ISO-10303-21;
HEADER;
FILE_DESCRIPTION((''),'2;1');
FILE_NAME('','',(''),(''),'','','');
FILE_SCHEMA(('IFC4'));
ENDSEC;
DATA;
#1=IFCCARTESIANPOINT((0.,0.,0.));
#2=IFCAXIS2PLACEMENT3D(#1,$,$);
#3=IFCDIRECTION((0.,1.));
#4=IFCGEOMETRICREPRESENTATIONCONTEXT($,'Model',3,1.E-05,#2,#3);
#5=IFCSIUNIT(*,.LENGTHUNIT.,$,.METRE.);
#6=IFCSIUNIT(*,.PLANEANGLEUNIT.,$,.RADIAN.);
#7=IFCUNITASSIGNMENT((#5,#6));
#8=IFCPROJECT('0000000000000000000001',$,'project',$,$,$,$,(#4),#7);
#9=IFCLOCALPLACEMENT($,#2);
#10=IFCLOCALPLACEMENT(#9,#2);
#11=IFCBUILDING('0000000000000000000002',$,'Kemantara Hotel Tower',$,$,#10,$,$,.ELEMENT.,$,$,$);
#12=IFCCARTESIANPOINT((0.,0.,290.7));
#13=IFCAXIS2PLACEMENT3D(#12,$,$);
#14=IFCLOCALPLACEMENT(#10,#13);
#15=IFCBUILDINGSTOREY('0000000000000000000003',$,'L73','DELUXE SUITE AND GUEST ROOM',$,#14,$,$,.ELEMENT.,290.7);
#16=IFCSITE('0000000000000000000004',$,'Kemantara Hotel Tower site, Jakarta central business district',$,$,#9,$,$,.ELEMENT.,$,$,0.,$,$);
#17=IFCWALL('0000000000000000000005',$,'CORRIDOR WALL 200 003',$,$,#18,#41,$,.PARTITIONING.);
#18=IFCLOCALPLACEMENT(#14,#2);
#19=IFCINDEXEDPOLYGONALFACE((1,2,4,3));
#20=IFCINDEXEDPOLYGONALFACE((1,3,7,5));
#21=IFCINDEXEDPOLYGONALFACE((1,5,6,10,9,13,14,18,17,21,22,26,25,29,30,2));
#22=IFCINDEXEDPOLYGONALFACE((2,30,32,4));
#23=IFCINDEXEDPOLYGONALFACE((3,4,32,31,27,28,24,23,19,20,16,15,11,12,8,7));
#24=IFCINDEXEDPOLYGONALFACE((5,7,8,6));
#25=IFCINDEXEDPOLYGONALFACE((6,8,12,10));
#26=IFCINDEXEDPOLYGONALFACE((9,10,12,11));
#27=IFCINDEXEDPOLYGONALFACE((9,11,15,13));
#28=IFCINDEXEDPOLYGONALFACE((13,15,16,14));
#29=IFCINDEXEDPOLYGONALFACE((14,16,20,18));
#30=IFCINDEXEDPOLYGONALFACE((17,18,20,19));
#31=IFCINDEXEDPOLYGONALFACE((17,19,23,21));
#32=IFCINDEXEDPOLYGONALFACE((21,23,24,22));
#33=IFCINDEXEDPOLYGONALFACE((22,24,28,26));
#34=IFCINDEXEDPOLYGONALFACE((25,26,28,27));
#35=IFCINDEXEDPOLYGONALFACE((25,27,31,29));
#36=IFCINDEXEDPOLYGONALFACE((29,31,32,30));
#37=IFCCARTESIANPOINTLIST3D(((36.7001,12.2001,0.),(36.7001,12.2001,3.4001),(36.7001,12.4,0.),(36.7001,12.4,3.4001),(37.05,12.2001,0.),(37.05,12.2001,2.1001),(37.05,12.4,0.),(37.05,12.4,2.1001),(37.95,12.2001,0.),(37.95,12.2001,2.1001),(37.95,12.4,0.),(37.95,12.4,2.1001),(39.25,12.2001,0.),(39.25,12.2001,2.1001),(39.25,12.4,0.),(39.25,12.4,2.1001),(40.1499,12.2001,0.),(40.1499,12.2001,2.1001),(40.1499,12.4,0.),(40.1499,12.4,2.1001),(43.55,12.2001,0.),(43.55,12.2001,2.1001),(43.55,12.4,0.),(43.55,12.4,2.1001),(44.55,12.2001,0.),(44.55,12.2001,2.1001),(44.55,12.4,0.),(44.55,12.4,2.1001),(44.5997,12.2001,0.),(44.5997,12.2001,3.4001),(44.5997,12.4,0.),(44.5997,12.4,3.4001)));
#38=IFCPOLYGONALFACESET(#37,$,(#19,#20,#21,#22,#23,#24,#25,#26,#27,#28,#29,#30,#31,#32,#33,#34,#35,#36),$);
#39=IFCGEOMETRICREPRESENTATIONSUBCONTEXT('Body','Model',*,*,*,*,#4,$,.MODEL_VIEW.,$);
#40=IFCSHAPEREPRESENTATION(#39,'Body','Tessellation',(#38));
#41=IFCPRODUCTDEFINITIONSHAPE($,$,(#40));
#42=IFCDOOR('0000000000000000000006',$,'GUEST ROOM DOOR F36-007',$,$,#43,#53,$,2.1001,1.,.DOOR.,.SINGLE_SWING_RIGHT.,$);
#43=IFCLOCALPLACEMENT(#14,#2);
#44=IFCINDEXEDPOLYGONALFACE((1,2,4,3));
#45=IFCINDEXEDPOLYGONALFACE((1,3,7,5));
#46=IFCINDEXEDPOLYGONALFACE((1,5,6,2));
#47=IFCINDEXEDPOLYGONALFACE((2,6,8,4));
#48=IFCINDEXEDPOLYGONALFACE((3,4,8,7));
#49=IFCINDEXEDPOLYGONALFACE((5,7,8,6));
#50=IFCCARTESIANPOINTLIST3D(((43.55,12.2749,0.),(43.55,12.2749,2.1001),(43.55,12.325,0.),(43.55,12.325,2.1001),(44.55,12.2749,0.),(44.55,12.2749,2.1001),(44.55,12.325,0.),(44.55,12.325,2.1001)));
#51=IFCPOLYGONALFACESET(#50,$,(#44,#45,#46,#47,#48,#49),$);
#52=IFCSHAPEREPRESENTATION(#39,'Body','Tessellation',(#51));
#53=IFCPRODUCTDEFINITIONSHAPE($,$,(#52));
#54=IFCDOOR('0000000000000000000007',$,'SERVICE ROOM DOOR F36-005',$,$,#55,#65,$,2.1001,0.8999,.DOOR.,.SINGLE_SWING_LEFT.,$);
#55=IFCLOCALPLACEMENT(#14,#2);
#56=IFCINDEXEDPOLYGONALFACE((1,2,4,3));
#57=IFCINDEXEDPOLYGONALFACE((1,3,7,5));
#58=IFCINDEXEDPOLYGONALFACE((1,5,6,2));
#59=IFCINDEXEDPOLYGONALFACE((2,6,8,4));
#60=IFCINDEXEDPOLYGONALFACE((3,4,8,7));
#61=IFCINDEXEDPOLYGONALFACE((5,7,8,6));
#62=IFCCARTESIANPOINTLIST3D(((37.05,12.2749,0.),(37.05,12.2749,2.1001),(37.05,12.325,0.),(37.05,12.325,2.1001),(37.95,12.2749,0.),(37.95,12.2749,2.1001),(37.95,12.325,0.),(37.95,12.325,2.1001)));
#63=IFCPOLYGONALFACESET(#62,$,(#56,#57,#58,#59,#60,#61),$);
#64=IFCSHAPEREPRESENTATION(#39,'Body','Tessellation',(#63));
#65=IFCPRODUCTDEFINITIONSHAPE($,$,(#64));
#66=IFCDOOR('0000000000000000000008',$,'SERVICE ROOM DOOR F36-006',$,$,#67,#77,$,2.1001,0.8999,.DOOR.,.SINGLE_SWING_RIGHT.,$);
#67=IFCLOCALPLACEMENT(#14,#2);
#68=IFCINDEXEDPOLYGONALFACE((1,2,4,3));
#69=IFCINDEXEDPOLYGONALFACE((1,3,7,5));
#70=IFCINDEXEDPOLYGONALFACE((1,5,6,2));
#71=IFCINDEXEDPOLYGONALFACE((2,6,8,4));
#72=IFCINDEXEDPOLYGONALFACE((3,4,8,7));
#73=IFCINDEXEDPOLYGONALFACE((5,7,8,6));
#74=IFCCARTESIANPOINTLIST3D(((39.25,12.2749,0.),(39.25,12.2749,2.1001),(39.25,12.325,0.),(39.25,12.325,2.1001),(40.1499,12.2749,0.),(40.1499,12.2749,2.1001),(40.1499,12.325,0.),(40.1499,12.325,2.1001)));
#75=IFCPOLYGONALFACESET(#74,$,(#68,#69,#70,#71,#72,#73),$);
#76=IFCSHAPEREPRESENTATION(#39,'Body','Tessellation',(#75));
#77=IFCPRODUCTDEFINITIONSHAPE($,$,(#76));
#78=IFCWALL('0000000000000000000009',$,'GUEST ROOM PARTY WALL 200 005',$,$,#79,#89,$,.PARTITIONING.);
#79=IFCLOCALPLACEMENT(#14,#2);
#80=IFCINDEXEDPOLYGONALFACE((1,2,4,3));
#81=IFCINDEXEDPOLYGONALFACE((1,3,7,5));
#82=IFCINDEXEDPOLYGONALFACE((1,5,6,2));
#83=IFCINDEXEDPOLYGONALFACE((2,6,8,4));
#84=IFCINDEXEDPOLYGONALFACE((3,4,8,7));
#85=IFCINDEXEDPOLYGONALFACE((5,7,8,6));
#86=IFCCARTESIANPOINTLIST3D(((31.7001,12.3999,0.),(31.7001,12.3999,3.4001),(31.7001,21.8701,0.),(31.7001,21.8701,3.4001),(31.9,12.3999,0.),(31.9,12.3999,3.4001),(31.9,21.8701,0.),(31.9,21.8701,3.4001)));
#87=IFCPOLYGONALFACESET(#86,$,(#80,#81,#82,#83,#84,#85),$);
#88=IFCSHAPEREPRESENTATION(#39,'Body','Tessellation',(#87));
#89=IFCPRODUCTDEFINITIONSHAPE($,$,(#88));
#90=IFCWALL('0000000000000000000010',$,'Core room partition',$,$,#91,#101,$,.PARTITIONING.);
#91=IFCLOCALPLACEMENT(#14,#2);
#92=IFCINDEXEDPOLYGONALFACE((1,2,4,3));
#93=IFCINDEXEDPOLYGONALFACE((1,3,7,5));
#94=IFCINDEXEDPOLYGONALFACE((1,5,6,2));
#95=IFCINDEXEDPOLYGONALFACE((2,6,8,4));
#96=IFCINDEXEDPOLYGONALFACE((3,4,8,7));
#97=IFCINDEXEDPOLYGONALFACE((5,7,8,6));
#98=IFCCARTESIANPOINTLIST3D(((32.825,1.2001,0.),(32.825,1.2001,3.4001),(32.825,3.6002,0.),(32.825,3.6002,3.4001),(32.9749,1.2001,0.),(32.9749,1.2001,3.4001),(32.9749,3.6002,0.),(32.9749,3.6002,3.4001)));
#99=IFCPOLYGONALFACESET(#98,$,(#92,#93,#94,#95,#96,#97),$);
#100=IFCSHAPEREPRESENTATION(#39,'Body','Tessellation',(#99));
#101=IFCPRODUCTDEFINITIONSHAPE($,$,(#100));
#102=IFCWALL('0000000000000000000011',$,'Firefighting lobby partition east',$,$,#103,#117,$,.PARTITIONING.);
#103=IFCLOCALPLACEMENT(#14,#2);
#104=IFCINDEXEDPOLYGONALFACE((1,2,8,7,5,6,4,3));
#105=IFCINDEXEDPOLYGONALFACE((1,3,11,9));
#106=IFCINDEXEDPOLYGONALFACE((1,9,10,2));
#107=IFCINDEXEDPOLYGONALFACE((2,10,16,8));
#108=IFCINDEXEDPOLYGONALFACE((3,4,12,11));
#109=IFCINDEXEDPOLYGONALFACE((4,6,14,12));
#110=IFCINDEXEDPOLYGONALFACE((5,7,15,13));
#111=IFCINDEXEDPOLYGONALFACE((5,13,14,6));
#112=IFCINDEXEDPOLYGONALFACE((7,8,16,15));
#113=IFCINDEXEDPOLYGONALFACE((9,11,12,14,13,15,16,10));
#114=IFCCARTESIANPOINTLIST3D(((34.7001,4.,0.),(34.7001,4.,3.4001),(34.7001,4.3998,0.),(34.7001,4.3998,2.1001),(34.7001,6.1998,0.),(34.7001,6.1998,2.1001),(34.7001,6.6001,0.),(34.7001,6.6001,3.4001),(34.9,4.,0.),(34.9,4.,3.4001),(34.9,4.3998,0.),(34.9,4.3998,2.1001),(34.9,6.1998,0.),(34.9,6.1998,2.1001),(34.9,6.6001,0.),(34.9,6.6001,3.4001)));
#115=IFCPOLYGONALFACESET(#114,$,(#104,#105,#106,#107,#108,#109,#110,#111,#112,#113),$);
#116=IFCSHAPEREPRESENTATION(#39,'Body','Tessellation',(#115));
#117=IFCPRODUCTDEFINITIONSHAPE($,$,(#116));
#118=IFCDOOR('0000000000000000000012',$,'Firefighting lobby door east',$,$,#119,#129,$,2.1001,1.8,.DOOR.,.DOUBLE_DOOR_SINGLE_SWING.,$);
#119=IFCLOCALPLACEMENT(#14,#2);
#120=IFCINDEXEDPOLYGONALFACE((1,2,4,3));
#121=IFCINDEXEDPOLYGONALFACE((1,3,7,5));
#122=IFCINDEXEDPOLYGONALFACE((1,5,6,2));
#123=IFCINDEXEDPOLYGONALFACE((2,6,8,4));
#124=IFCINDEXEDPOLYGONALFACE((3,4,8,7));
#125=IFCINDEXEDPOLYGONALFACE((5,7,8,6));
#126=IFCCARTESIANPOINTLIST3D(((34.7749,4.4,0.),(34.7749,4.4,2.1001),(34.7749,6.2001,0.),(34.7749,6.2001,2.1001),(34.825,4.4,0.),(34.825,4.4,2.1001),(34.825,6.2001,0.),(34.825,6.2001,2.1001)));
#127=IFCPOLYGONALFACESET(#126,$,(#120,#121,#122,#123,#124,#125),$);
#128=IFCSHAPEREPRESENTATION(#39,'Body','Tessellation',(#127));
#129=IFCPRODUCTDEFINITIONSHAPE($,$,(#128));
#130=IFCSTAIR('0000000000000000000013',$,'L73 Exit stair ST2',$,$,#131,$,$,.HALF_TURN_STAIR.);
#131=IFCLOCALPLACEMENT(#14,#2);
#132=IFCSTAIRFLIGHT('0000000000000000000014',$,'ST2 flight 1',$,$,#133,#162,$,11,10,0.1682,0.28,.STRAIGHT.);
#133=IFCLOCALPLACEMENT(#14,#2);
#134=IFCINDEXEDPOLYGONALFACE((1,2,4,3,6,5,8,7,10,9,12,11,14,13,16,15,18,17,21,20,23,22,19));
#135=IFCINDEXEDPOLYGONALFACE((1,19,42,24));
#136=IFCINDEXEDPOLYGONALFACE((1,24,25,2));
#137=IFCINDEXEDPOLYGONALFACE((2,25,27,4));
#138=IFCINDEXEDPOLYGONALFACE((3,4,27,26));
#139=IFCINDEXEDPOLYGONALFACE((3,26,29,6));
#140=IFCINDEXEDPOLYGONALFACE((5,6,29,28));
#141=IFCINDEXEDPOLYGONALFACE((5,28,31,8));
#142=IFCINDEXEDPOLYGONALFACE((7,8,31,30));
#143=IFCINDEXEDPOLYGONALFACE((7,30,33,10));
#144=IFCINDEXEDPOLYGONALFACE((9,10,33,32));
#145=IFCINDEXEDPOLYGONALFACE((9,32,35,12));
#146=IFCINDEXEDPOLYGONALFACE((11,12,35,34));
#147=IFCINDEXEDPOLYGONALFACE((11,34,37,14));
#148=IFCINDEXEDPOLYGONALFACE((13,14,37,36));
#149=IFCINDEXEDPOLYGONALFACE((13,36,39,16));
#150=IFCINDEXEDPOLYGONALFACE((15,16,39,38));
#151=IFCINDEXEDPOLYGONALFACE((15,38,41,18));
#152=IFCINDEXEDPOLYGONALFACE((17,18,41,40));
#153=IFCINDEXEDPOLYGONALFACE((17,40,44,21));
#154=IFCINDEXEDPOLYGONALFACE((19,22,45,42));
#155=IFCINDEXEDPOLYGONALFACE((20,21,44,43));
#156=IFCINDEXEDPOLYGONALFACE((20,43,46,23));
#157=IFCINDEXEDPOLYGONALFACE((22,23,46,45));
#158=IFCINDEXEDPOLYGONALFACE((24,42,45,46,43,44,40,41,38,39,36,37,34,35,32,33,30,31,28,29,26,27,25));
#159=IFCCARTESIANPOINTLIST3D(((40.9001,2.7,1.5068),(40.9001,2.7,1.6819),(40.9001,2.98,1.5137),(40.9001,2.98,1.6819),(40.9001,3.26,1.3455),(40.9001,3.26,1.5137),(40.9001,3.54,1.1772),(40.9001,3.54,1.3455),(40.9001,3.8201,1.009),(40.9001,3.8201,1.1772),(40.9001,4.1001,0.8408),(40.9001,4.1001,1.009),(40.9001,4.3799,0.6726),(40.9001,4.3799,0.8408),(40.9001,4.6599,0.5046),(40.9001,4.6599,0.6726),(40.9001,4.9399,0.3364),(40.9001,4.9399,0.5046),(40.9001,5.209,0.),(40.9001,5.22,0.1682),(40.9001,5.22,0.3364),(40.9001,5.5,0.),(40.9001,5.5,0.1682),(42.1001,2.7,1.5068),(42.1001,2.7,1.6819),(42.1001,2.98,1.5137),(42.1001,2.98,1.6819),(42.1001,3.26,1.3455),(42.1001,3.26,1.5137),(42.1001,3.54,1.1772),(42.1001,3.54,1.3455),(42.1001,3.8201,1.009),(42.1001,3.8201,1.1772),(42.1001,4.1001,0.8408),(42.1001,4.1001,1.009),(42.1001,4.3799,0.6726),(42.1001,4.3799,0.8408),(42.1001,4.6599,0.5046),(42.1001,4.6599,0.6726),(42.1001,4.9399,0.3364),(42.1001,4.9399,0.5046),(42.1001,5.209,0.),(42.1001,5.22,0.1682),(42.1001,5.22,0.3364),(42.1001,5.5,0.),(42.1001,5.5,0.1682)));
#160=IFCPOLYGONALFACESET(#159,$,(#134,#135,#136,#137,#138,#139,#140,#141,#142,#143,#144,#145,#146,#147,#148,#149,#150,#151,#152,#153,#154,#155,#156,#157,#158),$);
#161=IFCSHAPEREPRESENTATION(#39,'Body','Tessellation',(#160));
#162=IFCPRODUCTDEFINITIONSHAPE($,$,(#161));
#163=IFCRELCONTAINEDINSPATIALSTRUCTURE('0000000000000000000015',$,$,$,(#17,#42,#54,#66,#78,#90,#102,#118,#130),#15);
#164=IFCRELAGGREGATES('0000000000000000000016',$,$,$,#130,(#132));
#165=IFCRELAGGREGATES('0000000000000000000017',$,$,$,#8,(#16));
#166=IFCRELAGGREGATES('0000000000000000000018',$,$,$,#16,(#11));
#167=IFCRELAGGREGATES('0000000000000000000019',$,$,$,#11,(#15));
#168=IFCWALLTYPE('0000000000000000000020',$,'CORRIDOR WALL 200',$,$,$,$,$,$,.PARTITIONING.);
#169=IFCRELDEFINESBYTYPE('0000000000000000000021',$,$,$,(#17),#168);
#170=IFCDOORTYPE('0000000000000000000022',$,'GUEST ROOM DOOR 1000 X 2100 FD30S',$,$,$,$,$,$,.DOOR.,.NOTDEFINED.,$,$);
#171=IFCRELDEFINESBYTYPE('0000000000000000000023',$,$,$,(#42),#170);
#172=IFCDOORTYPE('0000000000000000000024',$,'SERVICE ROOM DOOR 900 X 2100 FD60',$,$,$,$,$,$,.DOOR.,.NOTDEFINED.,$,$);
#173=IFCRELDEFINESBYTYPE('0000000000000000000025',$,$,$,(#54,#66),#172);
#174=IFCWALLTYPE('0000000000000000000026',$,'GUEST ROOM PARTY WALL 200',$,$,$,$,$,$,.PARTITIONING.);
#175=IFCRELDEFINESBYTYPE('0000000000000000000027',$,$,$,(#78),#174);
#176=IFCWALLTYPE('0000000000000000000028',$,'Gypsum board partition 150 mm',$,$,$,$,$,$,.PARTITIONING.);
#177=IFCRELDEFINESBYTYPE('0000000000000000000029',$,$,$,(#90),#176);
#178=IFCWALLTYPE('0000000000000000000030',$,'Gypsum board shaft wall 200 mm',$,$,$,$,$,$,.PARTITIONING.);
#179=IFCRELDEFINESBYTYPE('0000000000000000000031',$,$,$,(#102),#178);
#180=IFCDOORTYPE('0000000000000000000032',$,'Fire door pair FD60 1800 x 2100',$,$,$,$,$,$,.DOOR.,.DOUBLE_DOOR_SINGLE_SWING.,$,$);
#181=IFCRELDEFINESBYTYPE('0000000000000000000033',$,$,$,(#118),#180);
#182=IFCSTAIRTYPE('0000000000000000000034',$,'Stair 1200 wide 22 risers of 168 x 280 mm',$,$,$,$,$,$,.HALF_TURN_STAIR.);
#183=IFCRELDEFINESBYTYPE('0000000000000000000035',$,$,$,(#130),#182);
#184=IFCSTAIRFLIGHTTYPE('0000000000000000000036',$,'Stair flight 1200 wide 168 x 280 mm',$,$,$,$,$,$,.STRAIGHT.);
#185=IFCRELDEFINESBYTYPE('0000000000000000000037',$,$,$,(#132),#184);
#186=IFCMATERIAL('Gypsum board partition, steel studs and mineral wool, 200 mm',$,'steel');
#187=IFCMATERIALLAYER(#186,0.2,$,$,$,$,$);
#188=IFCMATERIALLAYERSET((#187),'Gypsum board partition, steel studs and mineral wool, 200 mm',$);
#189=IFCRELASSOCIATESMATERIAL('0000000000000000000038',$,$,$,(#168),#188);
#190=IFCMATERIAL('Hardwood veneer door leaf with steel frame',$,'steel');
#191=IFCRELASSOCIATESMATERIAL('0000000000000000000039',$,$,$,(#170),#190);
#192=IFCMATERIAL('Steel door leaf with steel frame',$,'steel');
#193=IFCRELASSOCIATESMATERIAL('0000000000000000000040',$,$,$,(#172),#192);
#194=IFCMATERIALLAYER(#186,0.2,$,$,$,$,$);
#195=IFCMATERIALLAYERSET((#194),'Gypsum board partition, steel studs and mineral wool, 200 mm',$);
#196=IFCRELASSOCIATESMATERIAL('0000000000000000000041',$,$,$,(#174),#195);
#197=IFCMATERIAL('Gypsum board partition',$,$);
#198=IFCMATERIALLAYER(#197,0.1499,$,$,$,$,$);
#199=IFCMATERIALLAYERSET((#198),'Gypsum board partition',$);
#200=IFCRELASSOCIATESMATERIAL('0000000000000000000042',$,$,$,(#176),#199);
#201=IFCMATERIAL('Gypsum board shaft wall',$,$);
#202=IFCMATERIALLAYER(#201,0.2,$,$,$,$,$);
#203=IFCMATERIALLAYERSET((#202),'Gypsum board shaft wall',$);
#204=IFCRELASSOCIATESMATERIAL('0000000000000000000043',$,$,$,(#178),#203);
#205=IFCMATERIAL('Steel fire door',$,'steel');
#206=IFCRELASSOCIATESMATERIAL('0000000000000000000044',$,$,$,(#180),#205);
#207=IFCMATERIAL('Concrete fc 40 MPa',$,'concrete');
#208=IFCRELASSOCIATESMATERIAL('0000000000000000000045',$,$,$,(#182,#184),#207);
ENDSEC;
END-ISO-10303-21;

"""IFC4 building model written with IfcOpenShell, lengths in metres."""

from ifc_helpers import new_model, si_unit, direction, frame, frame_2d, origin, place, context, subcontext, project, spatial, polyline, rectangle, outline, extrude, material, layer, layer_set, type_object, element, fill, aggregate, save


model = new_model("IFC4")

# Units and contexts
model_context = context("Model", 3, precision=1e-05, world=origin(), true_north=direction((0.0, 1.0)))
body_context = subcontext(model_context, "Body", "Model", "MODEL_VIEW")
ifc_project = project(units=[si_unit("LENGTHUNIT", "METRE"), si_unit("PLANEANGLEUNIT", "RADIAN")], contexts=[model_context])

# Site, building, storey
site_placement = place(None, origin())
site = spatial("IfcSite", under=ifc_project, at=site_placement, Name="Kemantara Hotel Tower site, Jakarta central business district", CompositionType="ELEMENT", RefElevation=0.0)
building_placement = place(site_placement, origin())
building = spatial("IfcBuilding", under=site, at=building_placement, Name="Kemantara Hotel Tower", CompositionType="ELEMENT")
storey_placement = place(building_placement, frame((0.0, 0.0, 290.7)))
storey = spatial("IfcBuildingStorey", under=building, at=storey_placement, Name="L73", Description="DELUXE SUITE AND GUEST ROOM", CompositionType="ELEMENT", Elevation=290.7)

# Shared definitions
ifc_material_1 = material(Name="Steel fire door", Category="steel")

# Wall, openings, doors
ifc_material_2 = material(Name="Gypsum board partition, steel studs and mineral wool, 200 mm", Category="steel")
ifc_layer_1 = layer(ifc_material_2, 0.2)
ifc_layer_set_1 = layer_set([ifc_layer_1], Name="Gypsum board partition, steel studs and mineral wool, 200 mm")
wall_type_1 = type_object("IfcWallType", Name="CORRIDOR WALL 200", PredefinedType="PARTITIONING", material=ifc_layer_set_1)
wall_1_placement = place(storey_placement, frame((36.7002, 12.3, 0.0), z_axis=(0.0, 0.0, 1.0), x_axis=(1.0, 0.0, 0.0)))
wall_1 = element("IfcWall", 1, at=wall_1_placement, inside=storey, type_object=wall_type_1, Name="CORRIDOR WALL 200 003", PredefinedType="PARTITIONING", context=body_context, shape_type="SweptSolid", body=[
    extrude(rectangle(XDim=7.8997, YDim=0.2, at=frame_2d((3.9497, 0.0))), origin(), (0.0, 0.0, 1.0), 3.4001),
])
opening_1_placement = place(wall_1_placement, frame((0.3499, 0.0, 0.0)))
opening_1 = element("IfcOpeningElement", 2, at=opening_1_placement, cuts=wall_1, PredefinedType="OPENING", context=body_context, shape_type="SweptSolid", body=[
    extrude(rectangle(XDim=0.8999, YDim=2.1001, at=frame_2d((0.45, 1.05))), frame((0.0, 0.1099, 0.0), z_axis=(0.0, -1.0, 0.0), x_axis=(1.0, 0.0, 0.0)), (0.0, 0.0, 1.0), 0.22),
])
opening_2_placement = place(wall_1_placement, frame((2.5498, 0.0, 0.0)))
opening_2 = element("IfcOpeningElement", 3, at=opening_2_placement, cuts=wall_1, PredefinedType="OPENING", context=body_context, shape_type="SweptSolid", body=[
    extrude(rectangle(XDim=0.8999, YDim=2.1001, at=frame_2d((0.45, 1.05))), frame((0.0, 0.1099, 0.0), z_axis=(0.0, -1.0, 0.0), x_axis=(1.0, 0.0, 0.0)), (0.0, 0.0, 1.0), 0.22),
])
opening_3_placement = place(wall_1_placement, frame((6.8499, 0.0, 0.0)))
opening_3 = element("IfcOpeningElement", 4, at=opening_3_placement, cuts=wall_1, PredefinedType="OPENING", context=body_context, shape_type="SweptSolid", body=[
    extrude(rectangle(XDim=1.0, YDim=2.1001, at=frame_2d((0.5, 1.05))), frame((0.0, 0.1099, 0.0), z_axis=(0.0, -1.0, 0.0), x_axis=(1.0, 0.0, 0.0)), (0.0, 0.0, 1.0), 0.22),
])
ifc_material_3 = material(Name="Hardwood veneer door leaf with steel frame", Category="steel")
door_type_1 = type_object("IfcDoorType", Name="GUEST ROOM DOOR 1000 X 2100 FD30S", OperationType="NOTDEFINED", PredefinedType="DOOR", material=ifc_material_3)
door_1_placement = place(opening_3_placement, origin())
door_1 = element("IfcDoor", 5, at=door_1_placement, inside=storey, type_object=door_type_1, Name="GUEST ROOM DOOR F36-007", OperationType="SINGLE_SWING_RIGHT", OverallHeight=2.1001, OverallWidth=1.0, PredefinedType="DOOR", context=body_context, shape_type="SweptSolid", body=[
    extrude(rectangle(XDim=1.0, YDim=2.1001, at=frame_2d((0.5, 1.05))), frame((0.0, 0.0249, 0.0), z_axis=(0.0, -1.0, 0.0), x_axis=(1.0, 0.0, 0.0)), (0.0, 0.0, 1.0), 0.05),
])
fill(opening_3, door_1)
ifc_material_4 = material(Name="Steel door leaf with steel frame", Category="steel")
door_type_2 = type_object("IfcDoorType", Name="SERVICE ROOM DOOR 900 X 2100 FD60", OperationType="NOTDEFINED", PredefinedType="DOOR", material=ifc_material_4)
door_2_placement = place(opening_1_placement, origin())
door_2 = element("IfcDoor", 6, at=door_2_placement, inside=storey, type_object=door_type_2, Name="SERVICE ROOM DOOR F36-005", OperationType="SINGLE_SWING_LEFT", OverallHeight=2.1001, OverallWidth=0.8999, PredefinedType="DOOR", context=body_context, shape_type="SweptSolid", body=[
    extrude(rectangle(XDim=0.8999, YDim=2.1001, at=frame_2d((0.45, 1.05))), frame((0.0, 0.0249, 0.0), z_axis=(0.0, -1.0, 0.0), x_axis=(1.0, 0.0, 0.0)), (0.0, 0.0, 1.0), 0.05),
])
fill(opening_1, door_2)
door_3_placement = place(opening_2_placement, origin())
door_3 = element("IfcDoor", 7, at=door_3_placement, inside=storey, type_object=door_type_2, Name="SERVICE ROOM DOOR F36-006", OperationType="SINGLE_SWING_RIGHT", OverallHeight=2.1001, OverallWidth=0.8999, PredefinedType="DOOR", context=body_context, shape_type="SweptSolid", body=[
    extrude(rectangle(XDim=0.8999, YDim=2.1001, at=frame_2d((0.45, 1.05))), frame((0.0, 0.0249, 0.0), z_axis=(0.0, -1.0, 0.0), x_axis=(1.0, 0.0, 0.0)), (0.0, 0.0, 1.0), 0.05),
])
fill(opening_2, door_3)

# Walls
ifc_layer_2 = layer(ifc_material_2, 0.2)
ifc_layer_set_2 = layer_set([ifc_layer_2], Name="Gypsum board partition, steel studs and mineral wool, 200 mm")
wall_type_2 = type_object("IfcWallType", Name="GUEST ROOM PARTY WALL 200", PredefinedType="PARTITIONING", material=ifc_layer_set_2)
wall_2_placement = place(storey_placement, frame((31.8, 12.3999, 0.0), z_axis=(0.0, 0.0, 1.0), x_axis=(0.0, 1.0, 0.0)))
element("IfcWall", 8, at=wall_2_placement, inside=storey, type_object=wall_type_2, Name="GUEST ROOM PARTY WALL 200 005", PredefinedType="PARTITIONING", context=body_context, shape_type="SweptSolid", body=[
    extrude(rectangle(XDim=9.4702, YDim=0.2, at=frame_2d((4.7351, 0.0))), origin(), (0.0, 0.0, 1.0), 3.4001),
])
ifc_material_5 = material(Name="Gypsum board partition")
ifc_layer_3 = layer(ifc_material_5, 0.1499)
ifc_layer_set_3 = layer_set([ifc_layer_3], Name="Gypsum board partition")
wall_type_3 = type_object("IfcWallType", Name="Gypsum board partition 150 mm", PredefinedType="PARTITIONING", material=ifc_layer_set_3)
wall_3_placement = place(storey_placement, frame((32.8999, 1.2, 0.0), z_axis=(0.0, 0.0, 1.0), x_axis=(0.0, 1.0, 0.0)))
element("IfcWall", 9, at=wall_3_placement, inside=storey, type_object=wall_type_3, Name="Core room partition", PredefinedType="PARTITIONING", context=body_context, shape_type="SweptSolid", body=[
    extrude(rectangle(XDim=2.4001, YDim=0.1499, at=frame_2d((1.2002, 0.0))), origin(), (0.0, 0.0, 1.0), 3.4001),
])

# Wall, opening, door
ifc_material_6 = material(Name="Gypsum board shaft wall")
ifc_layer_4 = layer(ifc_material_6, 0.2)
ifc_layer_set_4 = layer_set([ifc_layer_4], Name="Gypsum board shaft wall")
wall_type_4 = type_object("IfcWallType", Name="Gypsum board shaft wall 200 mm", PredefinedType="PARTITIONING", material=ifc_layer_set_4)
wall_4_placement = place(storey_placement, frame((34.8, 4.0, 0.0), z_axis=(0.0, 0.0, 1.0), x_axis=(0.0, 1.0, 0.0)))
wall_4 = element("IfcWall", 10, at=wall_4_placement, inside=storey, type_object=wall_type_4, Name="Firefighting lobby partition east", PredefinedType="PARTITIONING", context=body_context, shape_type="SweptSolid", body=[
    extrude(rectangle(XDim=2.6001, YDim=0.2, at=frame_2d((1.3, 0.0))), origin(), (0.0, 0.0, 1.0), 3.4001),
])
opening_4_placement = place(wall_4_placement, frame((0.3999, 0.0, 0.0)))
opening_4 = element("IfcOpeningElement", 11, at=opening_4_placement, cuts=wall_4, PredefinedType="OPENING", context=body_context, shape_type="SweptSolid", body=[
    extrude(rectangle(XDim=1.8, YDim=2.1001, at=frame_2d((0.8999, 1.05))), frame((0.0, 0.1099, 0.0), z_axis=(0.0, -1.0, 0.0), x_axis=(1.0, 0.0, 0.0)), (0.0, 0.0, 1.0), 0.22),
])
door_type_3 = type_object("IfcDoorType", Name="Fire door pair FD60 1800 x 2100", OperationType="DOUBLE_DOOR_SINGLE_SWING", PredefinedType="DOOR", material=ifc_material_1)
door_4_placement = place(opening_4_placement, frame((1.8, 0.0, 0.0), z_axis=(0.0, 0.0, 1.0), x_axis=(-1.0, 0.0, 0.0)))
door_4 = element("IfcDoor", 12, at=door_4_placement, inside=storey, type_object=door_type_3, Name="Firefighting lobby door east", OperationType="DOUBLE_DOOR_SINGLE_SWING", OverallHeight=2.1001, OverallWidth=1.8, PredefinedType="DOOR", context=body_context, shape_type="SweptSolid", body=[
    extrude(rectangle(XDim=1.8, YDim=2.1001, at=frame_2d((0.8999, 1.05))), frame((0.0, 0.0249, 0.0), z_axis=(0.0, -1.0, 0.0), x_axis=(1.0, 0.0, 0.0)), (0.0, 0.0, 1.0), 0.05),
])
fill(opening_4, door_4)

# Stair, stair flight
ifc_material_7 = material(Name="Concrete fc 40 MPa", Category="concrete")
stair_type = type_object("IfcStairType", Name="Stair 1200 wide 22 risers of 168 x 280 mm", PredefinedType="HALF_TURN_STAIR", material=ifc_material_7)
stair_placement = place(storey_placement, origin())
stair = element("IfcStair", 13, at=stair_placement, inside=storey, type_object=stair_type, Name="L73 Exit stair ST2", PredefinedType="HALF_TURN_STAIR")
stair_flight_type = type_object("IfcStairFlightType", Name="Stair flight 1200 wide 168 x 280 mm", PredefinedType="STRAIGHT", material=ifc_material_7)
stair_flight_placement = place(storey_placement, frame((41.5, 5.5, 0.0), z_axis=(0.0, 0.0, 1.0), x_axis=(0.0, -1.0, 0.0)))
stair_flight = element("IfcStairFlight", 14, at=stair_flight_placement, type_object=stair_flight_type, Name="ST2 flight 1", NumberOfRisers=11, NumberOfTreads=10, PredefinedType="STRAIGHT", RiserHeight=0.1682, TreadLength=0.28, context=body_context, shape_type="SweptSolid", body=[
    extrude(outline(polyline([(0.0, 0.0), (0.0, 0.1682), (0.28, 0.1682), (0.28, 0.3364), (0.5601, 0.3364), (0.5601, 0.5046), (0.8401, 0.5046), (0.8401, 0.6726), (1.1201, 0.6726), (1.1201, 0.8408), (1.3999, 0.8408), (1.3999, 1.009), (1.6799, 1.009), (1.6799, 1.1772), (1.96, 1.1772), (1.96, 1.3455), (2.24, 1.3455), (2.24, 1.5137), (2.52, 1.5137), (2.52, 1.6819), (2.8, 1.6819), (2.8, 1.8501), (2.8, 1.5068), (0.291, 0.0), (0.0, 0.0)])), frame((0.0, 0.6001, 0.0), z_axis=(0.0, -1.0, 0.0), x_axis=(1.0, 0.0, 0.0)), (0.0, 0.0, 1.0), 1.2),
])
aggregate(stair, [stair_flight])

save(model, "model.ifc")
